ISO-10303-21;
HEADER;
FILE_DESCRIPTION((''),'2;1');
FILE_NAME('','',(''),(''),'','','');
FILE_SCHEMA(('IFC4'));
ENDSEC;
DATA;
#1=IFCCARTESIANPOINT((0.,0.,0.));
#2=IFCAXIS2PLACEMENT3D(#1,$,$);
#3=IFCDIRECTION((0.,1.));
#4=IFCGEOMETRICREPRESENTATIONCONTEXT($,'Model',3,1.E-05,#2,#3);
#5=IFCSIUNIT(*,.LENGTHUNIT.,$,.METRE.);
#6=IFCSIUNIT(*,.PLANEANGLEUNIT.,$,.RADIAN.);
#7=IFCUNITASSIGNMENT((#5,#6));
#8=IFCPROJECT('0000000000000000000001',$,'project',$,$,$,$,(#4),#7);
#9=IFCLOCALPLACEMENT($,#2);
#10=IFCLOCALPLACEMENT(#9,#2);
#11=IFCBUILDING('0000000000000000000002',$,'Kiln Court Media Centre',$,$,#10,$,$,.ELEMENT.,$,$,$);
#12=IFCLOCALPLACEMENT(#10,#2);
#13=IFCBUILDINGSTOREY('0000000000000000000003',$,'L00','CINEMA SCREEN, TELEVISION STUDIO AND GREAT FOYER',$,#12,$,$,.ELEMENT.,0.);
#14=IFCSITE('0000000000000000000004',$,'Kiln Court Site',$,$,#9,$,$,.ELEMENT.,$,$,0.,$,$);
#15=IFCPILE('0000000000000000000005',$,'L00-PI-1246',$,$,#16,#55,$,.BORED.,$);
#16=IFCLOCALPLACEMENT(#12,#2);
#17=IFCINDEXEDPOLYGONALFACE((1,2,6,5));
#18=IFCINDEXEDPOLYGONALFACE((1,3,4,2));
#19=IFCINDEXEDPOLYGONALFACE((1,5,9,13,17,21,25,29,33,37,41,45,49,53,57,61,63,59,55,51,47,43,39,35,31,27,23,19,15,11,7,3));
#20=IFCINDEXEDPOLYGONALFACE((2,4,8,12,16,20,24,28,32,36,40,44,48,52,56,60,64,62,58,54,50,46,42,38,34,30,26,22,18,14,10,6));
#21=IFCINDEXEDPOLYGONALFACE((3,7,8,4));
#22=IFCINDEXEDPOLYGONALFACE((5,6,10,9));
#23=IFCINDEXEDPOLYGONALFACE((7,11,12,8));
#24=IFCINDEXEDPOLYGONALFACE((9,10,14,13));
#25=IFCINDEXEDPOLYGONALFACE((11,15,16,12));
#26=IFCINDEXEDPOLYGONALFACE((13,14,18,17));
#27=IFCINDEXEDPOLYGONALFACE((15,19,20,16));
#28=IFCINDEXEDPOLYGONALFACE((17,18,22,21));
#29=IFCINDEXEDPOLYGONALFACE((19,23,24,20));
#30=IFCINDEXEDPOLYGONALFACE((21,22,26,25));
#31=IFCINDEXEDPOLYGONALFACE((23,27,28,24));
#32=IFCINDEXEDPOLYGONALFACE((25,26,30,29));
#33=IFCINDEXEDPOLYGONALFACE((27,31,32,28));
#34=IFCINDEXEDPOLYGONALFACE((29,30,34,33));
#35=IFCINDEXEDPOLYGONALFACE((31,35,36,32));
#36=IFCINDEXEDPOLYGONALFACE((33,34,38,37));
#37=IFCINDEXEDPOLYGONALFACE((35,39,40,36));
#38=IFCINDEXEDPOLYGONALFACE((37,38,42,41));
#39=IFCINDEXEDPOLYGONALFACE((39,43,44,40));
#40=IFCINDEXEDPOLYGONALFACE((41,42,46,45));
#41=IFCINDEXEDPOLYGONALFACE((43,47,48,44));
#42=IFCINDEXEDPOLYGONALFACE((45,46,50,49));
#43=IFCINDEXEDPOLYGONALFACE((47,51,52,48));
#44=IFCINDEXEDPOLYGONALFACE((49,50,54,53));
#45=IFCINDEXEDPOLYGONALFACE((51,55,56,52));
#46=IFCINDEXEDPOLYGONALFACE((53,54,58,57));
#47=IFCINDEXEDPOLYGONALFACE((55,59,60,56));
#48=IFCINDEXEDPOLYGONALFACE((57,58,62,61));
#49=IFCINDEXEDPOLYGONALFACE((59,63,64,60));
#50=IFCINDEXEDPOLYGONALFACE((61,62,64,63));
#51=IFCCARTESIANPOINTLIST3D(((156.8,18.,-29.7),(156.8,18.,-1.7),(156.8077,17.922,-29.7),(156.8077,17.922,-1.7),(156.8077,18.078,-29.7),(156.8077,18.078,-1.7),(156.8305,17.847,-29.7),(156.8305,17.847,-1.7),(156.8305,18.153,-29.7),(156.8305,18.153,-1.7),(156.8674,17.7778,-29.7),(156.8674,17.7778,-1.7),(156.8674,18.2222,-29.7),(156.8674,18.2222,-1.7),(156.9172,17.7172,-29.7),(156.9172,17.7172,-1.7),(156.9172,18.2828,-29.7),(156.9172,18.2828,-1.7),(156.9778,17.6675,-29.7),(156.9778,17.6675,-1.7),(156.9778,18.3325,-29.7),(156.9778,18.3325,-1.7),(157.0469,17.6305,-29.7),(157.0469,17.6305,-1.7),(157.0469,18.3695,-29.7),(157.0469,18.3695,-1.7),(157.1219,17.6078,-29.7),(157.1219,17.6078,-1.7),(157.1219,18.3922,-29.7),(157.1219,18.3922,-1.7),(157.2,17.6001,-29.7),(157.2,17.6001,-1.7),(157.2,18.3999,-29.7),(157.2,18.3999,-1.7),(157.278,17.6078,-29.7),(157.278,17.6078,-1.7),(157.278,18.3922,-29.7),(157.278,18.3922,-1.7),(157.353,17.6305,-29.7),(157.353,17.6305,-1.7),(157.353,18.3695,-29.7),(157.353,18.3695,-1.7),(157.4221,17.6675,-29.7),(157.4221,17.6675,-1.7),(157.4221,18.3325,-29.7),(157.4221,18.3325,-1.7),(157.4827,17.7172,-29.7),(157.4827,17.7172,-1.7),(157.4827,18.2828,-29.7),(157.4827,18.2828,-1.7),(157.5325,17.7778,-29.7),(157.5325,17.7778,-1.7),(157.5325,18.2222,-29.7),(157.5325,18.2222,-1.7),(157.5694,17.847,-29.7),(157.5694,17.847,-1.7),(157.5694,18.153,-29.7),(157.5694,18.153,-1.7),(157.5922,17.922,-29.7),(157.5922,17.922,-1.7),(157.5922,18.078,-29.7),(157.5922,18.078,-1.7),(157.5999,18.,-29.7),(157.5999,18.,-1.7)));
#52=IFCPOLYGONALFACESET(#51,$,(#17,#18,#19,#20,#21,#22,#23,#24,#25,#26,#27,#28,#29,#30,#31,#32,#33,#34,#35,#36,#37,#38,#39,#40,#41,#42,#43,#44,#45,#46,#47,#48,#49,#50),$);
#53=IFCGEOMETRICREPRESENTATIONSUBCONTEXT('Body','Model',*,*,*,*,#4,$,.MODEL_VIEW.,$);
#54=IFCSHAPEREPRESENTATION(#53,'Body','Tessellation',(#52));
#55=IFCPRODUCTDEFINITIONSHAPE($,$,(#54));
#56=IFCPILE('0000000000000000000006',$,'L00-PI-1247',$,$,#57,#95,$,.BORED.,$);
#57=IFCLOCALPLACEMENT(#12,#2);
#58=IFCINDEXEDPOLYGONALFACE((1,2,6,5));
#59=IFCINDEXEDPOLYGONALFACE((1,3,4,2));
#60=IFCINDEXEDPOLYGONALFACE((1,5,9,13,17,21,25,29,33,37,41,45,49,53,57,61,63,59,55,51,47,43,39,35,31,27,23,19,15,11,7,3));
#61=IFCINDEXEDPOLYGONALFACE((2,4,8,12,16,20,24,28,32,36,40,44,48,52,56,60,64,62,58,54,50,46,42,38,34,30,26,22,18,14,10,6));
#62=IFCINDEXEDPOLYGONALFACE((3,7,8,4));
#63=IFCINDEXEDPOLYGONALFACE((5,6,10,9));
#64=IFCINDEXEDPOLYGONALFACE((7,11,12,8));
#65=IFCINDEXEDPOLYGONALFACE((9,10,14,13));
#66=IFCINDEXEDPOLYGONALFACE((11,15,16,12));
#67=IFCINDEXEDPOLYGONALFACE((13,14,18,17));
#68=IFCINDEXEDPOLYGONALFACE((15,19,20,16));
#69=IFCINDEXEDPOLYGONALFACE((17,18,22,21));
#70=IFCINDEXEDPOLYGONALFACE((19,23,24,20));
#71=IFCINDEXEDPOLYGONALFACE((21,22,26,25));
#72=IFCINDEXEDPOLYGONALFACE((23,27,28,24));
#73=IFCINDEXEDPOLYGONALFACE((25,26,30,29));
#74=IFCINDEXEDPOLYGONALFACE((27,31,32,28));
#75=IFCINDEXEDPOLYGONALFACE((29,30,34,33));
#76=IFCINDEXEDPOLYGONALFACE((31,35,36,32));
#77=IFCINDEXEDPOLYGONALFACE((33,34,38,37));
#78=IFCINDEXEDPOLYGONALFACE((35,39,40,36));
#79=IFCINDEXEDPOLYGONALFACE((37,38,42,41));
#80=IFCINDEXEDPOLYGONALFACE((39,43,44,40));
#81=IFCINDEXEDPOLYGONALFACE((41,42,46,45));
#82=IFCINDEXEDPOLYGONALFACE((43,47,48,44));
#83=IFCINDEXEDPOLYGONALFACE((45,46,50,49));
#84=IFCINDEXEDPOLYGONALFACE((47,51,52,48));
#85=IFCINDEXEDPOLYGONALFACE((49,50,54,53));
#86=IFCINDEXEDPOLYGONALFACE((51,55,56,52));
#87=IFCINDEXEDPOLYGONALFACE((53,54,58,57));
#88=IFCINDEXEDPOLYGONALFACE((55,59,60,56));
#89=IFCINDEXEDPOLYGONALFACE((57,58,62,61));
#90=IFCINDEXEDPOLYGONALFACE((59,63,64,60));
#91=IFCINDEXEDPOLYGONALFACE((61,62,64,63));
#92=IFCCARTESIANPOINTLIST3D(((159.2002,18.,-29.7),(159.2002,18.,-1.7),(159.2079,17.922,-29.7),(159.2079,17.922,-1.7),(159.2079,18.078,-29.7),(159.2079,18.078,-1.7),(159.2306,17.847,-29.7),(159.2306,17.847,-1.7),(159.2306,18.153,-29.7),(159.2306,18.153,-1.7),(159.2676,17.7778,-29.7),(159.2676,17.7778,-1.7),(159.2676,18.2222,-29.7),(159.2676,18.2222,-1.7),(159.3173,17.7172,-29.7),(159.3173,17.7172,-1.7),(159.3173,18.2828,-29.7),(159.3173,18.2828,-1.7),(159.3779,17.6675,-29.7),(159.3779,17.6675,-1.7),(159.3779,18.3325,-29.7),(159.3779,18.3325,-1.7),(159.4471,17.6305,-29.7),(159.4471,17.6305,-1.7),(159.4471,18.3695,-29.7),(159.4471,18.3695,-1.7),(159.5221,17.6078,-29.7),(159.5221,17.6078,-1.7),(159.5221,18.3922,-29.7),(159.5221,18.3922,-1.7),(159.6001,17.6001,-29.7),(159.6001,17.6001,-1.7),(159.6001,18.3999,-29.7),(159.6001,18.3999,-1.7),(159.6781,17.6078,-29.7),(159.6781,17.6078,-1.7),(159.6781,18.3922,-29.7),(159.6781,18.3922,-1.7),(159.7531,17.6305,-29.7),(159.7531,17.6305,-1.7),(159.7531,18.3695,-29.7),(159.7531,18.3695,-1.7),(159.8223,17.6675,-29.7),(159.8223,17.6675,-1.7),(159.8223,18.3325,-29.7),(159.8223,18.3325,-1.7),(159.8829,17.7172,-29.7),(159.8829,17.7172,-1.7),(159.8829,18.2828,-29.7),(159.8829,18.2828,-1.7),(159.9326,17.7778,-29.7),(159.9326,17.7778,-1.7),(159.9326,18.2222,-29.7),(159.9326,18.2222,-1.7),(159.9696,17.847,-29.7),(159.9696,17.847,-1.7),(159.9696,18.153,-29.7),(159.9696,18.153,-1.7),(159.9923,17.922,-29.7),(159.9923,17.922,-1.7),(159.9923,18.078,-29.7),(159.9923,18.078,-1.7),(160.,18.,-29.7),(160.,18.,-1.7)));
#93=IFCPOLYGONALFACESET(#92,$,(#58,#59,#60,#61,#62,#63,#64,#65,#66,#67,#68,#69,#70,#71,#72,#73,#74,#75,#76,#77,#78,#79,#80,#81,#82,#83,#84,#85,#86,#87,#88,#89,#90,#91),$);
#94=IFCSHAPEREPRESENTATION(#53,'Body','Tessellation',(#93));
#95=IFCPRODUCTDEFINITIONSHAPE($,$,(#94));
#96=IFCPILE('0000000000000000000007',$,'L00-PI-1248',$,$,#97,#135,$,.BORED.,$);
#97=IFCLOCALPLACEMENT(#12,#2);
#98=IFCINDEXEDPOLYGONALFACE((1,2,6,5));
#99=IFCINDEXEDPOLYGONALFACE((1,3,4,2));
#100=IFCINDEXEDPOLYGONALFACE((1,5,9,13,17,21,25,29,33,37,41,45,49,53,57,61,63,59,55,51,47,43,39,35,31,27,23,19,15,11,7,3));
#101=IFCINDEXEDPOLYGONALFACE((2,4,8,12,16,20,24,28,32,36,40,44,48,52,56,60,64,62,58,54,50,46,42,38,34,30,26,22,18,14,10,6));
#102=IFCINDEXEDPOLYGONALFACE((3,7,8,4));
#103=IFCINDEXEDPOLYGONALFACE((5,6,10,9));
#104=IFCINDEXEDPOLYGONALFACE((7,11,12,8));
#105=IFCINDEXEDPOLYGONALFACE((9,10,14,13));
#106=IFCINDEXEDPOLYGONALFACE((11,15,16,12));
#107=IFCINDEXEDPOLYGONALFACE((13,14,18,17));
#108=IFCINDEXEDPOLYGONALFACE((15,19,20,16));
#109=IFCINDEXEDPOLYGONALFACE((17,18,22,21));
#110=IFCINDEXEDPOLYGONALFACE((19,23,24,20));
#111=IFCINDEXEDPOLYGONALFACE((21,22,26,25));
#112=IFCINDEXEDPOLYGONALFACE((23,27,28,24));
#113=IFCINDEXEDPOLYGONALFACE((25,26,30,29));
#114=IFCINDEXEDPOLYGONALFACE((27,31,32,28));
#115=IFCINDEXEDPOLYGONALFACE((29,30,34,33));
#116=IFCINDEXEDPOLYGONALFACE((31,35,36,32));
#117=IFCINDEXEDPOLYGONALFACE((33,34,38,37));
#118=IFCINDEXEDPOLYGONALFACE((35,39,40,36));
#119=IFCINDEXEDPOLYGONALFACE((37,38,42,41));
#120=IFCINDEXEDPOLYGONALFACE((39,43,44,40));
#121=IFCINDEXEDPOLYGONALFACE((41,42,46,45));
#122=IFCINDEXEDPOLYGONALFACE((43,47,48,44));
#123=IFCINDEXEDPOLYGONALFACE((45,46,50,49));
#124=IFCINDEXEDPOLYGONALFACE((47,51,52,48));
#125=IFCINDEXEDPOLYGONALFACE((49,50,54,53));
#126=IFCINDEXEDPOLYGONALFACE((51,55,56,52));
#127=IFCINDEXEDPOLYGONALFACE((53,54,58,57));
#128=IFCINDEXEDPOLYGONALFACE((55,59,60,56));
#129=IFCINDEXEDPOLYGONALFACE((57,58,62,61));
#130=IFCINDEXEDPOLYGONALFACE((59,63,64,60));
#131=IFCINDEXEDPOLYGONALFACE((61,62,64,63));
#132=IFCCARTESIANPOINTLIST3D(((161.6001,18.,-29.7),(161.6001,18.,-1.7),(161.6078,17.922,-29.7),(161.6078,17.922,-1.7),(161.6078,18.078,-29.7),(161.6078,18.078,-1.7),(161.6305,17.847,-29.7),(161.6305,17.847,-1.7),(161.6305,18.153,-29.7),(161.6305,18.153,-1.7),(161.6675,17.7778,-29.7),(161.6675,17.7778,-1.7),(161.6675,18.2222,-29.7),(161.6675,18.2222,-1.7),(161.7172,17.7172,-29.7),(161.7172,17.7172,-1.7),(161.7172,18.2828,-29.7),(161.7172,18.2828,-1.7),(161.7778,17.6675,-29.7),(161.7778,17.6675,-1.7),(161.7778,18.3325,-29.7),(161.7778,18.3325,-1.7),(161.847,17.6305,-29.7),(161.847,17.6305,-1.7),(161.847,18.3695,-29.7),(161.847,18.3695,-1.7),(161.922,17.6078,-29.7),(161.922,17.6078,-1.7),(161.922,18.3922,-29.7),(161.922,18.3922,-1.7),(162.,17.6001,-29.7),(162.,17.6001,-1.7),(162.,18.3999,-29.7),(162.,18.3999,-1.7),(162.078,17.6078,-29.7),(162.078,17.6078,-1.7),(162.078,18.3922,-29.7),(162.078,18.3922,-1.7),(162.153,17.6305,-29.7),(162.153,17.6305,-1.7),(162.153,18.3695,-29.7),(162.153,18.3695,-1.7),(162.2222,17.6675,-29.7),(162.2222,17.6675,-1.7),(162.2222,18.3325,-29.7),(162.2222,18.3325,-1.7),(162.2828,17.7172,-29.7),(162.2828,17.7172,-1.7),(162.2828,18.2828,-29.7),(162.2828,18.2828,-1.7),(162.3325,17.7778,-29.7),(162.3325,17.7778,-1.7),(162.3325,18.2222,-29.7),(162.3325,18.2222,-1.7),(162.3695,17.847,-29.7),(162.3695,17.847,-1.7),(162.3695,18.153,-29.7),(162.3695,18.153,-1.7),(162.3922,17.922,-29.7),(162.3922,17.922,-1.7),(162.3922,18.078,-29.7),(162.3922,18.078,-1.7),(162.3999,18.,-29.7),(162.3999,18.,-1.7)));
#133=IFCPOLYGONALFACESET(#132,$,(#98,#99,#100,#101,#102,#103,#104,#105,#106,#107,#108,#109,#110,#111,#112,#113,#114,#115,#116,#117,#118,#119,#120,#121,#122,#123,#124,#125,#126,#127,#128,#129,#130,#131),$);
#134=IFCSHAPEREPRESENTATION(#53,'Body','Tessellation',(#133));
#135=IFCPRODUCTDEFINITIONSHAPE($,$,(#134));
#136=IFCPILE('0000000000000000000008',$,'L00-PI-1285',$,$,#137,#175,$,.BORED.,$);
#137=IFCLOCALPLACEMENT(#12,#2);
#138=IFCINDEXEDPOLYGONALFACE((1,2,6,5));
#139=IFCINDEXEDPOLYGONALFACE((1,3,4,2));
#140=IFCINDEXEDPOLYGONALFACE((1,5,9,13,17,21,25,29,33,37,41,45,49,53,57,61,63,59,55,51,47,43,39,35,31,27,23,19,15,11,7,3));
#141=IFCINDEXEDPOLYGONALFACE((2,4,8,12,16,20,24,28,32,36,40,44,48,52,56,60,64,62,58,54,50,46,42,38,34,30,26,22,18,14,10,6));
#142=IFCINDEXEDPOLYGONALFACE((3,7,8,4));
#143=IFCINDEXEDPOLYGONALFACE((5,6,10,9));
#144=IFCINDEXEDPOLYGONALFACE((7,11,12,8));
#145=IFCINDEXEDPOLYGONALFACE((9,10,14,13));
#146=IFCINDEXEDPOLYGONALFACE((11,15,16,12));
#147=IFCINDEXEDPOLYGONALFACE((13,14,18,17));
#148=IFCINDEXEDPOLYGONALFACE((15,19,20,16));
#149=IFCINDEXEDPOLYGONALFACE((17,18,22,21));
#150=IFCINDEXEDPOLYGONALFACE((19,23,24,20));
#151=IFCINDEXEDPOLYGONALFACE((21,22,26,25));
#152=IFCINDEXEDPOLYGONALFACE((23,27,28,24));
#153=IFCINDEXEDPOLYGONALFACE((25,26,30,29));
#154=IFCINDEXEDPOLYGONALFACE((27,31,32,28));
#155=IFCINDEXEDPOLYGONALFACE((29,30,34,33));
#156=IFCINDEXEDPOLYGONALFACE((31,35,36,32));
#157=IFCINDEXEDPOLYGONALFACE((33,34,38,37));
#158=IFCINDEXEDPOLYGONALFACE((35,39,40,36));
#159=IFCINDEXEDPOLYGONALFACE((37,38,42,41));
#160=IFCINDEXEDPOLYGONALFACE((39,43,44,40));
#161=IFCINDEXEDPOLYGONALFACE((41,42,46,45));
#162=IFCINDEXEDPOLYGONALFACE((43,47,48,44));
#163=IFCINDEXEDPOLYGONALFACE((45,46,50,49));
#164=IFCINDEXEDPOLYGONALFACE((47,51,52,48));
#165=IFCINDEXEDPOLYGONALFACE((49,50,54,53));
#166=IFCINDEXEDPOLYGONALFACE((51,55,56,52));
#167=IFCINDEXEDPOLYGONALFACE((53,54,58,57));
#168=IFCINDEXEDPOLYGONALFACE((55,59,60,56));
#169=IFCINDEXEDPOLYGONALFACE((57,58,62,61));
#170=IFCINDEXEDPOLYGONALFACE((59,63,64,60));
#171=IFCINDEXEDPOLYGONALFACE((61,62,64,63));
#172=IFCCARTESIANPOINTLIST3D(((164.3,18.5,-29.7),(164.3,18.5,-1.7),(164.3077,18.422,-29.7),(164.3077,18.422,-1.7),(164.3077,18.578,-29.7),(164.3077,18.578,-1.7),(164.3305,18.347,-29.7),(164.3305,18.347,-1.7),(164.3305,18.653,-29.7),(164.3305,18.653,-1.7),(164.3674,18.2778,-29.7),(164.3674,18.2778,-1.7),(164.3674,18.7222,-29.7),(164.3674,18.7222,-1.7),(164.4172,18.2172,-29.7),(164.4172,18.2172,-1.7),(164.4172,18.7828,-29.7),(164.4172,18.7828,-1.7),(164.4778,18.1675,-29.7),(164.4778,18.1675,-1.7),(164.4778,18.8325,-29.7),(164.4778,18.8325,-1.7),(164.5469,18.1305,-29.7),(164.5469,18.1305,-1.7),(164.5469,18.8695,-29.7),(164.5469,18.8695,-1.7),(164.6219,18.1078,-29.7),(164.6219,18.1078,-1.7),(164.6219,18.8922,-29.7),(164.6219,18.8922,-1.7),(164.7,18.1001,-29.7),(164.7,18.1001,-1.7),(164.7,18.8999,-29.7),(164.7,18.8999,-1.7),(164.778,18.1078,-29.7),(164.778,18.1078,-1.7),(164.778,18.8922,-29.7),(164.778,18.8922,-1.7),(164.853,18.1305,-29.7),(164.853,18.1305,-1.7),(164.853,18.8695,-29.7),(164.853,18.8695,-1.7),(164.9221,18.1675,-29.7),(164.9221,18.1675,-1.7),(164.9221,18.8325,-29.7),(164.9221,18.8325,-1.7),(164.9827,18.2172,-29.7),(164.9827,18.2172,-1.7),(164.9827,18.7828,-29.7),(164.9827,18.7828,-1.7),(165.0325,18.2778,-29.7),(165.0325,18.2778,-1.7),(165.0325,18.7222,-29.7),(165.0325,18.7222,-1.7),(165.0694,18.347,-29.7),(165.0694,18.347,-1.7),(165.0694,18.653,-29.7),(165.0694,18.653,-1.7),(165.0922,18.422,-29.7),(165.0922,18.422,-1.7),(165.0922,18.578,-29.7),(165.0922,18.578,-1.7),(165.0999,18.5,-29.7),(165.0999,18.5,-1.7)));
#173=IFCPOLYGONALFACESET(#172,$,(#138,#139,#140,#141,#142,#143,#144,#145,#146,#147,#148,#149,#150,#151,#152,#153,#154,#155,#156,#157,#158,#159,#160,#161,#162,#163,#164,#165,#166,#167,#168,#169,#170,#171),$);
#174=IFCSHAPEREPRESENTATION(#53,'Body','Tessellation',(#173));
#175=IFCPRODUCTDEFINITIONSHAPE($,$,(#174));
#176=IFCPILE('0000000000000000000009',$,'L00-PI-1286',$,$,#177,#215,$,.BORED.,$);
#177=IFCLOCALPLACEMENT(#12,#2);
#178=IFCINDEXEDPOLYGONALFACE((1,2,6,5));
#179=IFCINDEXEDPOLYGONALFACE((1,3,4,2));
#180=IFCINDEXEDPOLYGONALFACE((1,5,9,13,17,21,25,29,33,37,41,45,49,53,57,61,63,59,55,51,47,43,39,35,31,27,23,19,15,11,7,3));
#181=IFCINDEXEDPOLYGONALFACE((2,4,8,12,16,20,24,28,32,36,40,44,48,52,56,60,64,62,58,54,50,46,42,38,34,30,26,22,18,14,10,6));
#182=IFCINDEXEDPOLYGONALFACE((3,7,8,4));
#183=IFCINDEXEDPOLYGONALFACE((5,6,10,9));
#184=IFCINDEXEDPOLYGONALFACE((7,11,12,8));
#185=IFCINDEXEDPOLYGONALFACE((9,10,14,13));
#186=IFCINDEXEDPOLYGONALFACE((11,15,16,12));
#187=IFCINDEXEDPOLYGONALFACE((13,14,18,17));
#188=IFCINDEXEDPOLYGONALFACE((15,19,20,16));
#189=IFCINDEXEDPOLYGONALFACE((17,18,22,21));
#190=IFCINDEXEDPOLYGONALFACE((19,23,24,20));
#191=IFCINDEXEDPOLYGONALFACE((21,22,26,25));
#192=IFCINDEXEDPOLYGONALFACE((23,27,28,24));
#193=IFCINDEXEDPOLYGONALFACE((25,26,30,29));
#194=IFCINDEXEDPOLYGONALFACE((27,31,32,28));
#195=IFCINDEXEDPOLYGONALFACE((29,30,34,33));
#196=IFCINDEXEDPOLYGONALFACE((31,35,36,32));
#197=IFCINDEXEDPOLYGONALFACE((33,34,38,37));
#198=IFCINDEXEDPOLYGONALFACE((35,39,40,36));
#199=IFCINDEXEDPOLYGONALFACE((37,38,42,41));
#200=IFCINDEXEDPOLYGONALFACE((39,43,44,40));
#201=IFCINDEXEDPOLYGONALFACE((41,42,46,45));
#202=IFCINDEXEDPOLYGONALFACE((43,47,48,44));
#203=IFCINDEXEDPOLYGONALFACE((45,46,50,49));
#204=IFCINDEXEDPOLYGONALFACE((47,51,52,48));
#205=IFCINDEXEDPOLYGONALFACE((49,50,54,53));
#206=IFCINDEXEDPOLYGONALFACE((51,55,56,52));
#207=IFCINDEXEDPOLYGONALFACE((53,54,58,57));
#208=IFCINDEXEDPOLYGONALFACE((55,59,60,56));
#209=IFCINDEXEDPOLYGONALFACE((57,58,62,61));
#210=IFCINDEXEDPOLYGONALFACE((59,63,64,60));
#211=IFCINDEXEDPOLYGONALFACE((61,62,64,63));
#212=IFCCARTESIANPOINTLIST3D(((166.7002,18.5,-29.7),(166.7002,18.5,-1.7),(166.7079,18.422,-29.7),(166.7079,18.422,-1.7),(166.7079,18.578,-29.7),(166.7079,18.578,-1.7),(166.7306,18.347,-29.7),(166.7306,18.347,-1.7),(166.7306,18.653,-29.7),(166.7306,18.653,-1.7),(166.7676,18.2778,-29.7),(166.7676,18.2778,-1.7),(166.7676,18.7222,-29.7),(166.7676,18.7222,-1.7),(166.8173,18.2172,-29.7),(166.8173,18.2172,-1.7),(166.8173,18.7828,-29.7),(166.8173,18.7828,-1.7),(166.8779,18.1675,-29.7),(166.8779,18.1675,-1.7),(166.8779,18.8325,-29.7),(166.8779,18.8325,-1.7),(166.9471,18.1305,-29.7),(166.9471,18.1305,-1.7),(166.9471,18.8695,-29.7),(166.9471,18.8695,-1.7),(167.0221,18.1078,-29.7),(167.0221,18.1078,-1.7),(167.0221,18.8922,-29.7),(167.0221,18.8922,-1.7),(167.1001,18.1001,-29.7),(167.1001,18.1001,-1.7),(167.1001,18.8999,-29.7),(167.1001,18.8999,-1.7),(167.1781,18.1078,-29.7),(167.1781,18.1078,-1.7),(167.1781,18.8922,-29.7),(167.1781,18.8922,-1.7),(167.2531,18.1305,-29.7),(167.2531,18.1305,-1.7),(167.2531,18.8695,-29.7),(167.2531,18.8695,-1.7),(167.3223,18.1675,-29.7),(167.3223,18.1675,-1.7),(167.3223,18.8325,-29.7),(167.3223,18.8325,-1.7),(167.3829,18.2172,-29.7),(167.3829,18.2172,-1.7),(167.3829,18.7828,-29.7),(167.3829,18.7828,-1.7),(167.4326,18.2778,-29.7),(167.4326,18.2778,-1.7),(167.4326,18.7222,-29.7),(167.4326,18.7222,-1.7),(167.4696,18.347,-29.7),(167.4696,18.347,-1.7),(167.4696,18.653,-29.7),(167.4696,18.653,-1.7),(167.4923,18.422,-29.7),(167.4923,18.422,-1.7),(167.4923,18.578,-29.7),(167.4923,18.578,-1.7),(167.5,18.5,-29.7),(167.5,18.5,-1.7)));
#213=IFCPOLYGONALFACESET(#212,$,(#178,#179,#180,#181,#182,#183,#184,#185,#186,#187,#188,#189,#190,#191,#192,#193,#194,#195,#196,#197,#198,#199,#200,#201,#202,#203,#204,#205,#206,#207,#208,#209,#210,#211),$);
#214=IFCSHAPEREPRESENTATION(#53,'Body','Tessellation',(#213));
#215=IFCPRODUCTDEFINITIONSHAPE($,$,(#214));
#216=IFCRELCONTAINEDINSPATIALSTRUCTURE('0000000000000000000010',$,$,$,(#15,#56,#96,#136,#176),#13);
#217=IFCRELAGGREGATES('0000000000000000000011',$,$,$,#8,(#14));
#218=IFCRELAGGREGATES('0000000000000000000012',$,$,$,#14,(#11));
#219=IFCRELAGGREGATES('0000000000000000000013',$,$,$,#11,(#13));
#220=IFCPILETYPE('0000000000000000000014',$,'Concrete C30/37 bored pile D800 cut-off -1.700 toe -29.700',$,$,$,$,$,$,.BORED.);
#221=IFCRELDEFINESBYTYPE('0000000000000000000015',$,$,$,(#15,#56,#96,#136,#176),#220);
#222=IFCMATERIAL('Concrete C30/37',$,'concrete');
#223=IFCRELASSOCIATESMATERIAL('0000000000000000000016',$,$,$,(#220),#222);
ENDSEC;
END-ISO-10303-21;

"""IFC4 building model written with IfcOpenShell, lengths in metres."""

from ifc_helpers import new_model, si_unit, direction, frame, origin, origin_2d, place, context, subcontext, project, spatial, circle, extrude, material, material_profile, profile_set, type_object, element, save


model = new_model("IFC4")

# Units and contexts
model_context = context("Model", 3, precision=1e-05, world=origin(), true_north=direction((0.0, 1.0)))
body_context = subcontext(model_context, "Body", "Model", "MODEL_VIEW")
ifc_project = project(units=[si_unit("LENGTHUNIT", "METRE"), si_unit("PLANEANGLEUNIT", "RADIAN")], contexts=[model_context])

# Site, building, storey
site_placement = place(None, origin())
site = spatial("IfcSite", under=ifc_project, at=site_placement, Name="Kiln Court Site", CompositionType="ELEMENT", RefElevation=0.0)
building_placement = place(site_placement, origin())
building = spatial("IfcBuilding", under=site, at=building_placement, Name="Kiln Court Media Centre", CompositionType="ELEMENT")
storey_placement = place(building_placement, origin())
storey = spatial("IfcBuildingStorey", under=building, at=storey_placement, Name="L00", Description="CINEMA SCREEN, TELEVISION STUDIO AND GREAT FOYER", CompositionType="ELEMENT", Elevation=0.0)

# Piles
ifc_material_1 = material(Name="Concrete C30/37", Category="concrete")
ifc_material_profile = material_profile(ifc_material_1, circle(Radius=0.3999, at=origin_2d()), Name="PILE D800")
ifc_profile_set = profile_set([ifc_material_profile], Name="Concrete C30/37")
pile_type = type_object("IfcPileType", Name="Concrete C30/37 bored pile D800 cut-off -1.700 toe -29.700", PredefinedType="BORED", material=ifc_profile_set)
for number, where, z_axis, x_axis, name in (
    (1, (157.2, 18.0, -1.7), (0.0, 0.0, -1.0), (1.0, 0.0, 0.0), "L00-PI-1246"),
    (2, (159.6001, 18.0, -1.7), (0.0, 0.0, -1.0), (1.0, 0.0, 0.0), "L00-PI-1247"),
    (3, (162.0, 18.0, -1.7), (0.0, 0.0, -1.0), (1.0, 0.0, 0.0), "L00-PI-1248"),
    (4, (164.7, 18.5, -1.7), (0.0, 0.0, -1.0), (1.0, 0.0, 0.0), "L00-PI-1285"),
    (5, (167.1001, 18.5, -1.7), (0.0, 0.0, -1.0), (1.0, 0.0, 0.0), "L00-PI-1286"),
):
    element("IfcPile", number, at=place(storey_placement, frame(where, z_axis=z_axis, x_axis=x_axis)), inside=storey, type_object=pile_type, Name=name, PredefinedType="BORED", context=body_context, shape_type="SweptSolid", body=[
        extrude(circle(Radius=0.3999, at=origin_2d()), origin(), (0.0, 0.0, 1.0), 28.0),
    ])

save(model, "model.ifc")
